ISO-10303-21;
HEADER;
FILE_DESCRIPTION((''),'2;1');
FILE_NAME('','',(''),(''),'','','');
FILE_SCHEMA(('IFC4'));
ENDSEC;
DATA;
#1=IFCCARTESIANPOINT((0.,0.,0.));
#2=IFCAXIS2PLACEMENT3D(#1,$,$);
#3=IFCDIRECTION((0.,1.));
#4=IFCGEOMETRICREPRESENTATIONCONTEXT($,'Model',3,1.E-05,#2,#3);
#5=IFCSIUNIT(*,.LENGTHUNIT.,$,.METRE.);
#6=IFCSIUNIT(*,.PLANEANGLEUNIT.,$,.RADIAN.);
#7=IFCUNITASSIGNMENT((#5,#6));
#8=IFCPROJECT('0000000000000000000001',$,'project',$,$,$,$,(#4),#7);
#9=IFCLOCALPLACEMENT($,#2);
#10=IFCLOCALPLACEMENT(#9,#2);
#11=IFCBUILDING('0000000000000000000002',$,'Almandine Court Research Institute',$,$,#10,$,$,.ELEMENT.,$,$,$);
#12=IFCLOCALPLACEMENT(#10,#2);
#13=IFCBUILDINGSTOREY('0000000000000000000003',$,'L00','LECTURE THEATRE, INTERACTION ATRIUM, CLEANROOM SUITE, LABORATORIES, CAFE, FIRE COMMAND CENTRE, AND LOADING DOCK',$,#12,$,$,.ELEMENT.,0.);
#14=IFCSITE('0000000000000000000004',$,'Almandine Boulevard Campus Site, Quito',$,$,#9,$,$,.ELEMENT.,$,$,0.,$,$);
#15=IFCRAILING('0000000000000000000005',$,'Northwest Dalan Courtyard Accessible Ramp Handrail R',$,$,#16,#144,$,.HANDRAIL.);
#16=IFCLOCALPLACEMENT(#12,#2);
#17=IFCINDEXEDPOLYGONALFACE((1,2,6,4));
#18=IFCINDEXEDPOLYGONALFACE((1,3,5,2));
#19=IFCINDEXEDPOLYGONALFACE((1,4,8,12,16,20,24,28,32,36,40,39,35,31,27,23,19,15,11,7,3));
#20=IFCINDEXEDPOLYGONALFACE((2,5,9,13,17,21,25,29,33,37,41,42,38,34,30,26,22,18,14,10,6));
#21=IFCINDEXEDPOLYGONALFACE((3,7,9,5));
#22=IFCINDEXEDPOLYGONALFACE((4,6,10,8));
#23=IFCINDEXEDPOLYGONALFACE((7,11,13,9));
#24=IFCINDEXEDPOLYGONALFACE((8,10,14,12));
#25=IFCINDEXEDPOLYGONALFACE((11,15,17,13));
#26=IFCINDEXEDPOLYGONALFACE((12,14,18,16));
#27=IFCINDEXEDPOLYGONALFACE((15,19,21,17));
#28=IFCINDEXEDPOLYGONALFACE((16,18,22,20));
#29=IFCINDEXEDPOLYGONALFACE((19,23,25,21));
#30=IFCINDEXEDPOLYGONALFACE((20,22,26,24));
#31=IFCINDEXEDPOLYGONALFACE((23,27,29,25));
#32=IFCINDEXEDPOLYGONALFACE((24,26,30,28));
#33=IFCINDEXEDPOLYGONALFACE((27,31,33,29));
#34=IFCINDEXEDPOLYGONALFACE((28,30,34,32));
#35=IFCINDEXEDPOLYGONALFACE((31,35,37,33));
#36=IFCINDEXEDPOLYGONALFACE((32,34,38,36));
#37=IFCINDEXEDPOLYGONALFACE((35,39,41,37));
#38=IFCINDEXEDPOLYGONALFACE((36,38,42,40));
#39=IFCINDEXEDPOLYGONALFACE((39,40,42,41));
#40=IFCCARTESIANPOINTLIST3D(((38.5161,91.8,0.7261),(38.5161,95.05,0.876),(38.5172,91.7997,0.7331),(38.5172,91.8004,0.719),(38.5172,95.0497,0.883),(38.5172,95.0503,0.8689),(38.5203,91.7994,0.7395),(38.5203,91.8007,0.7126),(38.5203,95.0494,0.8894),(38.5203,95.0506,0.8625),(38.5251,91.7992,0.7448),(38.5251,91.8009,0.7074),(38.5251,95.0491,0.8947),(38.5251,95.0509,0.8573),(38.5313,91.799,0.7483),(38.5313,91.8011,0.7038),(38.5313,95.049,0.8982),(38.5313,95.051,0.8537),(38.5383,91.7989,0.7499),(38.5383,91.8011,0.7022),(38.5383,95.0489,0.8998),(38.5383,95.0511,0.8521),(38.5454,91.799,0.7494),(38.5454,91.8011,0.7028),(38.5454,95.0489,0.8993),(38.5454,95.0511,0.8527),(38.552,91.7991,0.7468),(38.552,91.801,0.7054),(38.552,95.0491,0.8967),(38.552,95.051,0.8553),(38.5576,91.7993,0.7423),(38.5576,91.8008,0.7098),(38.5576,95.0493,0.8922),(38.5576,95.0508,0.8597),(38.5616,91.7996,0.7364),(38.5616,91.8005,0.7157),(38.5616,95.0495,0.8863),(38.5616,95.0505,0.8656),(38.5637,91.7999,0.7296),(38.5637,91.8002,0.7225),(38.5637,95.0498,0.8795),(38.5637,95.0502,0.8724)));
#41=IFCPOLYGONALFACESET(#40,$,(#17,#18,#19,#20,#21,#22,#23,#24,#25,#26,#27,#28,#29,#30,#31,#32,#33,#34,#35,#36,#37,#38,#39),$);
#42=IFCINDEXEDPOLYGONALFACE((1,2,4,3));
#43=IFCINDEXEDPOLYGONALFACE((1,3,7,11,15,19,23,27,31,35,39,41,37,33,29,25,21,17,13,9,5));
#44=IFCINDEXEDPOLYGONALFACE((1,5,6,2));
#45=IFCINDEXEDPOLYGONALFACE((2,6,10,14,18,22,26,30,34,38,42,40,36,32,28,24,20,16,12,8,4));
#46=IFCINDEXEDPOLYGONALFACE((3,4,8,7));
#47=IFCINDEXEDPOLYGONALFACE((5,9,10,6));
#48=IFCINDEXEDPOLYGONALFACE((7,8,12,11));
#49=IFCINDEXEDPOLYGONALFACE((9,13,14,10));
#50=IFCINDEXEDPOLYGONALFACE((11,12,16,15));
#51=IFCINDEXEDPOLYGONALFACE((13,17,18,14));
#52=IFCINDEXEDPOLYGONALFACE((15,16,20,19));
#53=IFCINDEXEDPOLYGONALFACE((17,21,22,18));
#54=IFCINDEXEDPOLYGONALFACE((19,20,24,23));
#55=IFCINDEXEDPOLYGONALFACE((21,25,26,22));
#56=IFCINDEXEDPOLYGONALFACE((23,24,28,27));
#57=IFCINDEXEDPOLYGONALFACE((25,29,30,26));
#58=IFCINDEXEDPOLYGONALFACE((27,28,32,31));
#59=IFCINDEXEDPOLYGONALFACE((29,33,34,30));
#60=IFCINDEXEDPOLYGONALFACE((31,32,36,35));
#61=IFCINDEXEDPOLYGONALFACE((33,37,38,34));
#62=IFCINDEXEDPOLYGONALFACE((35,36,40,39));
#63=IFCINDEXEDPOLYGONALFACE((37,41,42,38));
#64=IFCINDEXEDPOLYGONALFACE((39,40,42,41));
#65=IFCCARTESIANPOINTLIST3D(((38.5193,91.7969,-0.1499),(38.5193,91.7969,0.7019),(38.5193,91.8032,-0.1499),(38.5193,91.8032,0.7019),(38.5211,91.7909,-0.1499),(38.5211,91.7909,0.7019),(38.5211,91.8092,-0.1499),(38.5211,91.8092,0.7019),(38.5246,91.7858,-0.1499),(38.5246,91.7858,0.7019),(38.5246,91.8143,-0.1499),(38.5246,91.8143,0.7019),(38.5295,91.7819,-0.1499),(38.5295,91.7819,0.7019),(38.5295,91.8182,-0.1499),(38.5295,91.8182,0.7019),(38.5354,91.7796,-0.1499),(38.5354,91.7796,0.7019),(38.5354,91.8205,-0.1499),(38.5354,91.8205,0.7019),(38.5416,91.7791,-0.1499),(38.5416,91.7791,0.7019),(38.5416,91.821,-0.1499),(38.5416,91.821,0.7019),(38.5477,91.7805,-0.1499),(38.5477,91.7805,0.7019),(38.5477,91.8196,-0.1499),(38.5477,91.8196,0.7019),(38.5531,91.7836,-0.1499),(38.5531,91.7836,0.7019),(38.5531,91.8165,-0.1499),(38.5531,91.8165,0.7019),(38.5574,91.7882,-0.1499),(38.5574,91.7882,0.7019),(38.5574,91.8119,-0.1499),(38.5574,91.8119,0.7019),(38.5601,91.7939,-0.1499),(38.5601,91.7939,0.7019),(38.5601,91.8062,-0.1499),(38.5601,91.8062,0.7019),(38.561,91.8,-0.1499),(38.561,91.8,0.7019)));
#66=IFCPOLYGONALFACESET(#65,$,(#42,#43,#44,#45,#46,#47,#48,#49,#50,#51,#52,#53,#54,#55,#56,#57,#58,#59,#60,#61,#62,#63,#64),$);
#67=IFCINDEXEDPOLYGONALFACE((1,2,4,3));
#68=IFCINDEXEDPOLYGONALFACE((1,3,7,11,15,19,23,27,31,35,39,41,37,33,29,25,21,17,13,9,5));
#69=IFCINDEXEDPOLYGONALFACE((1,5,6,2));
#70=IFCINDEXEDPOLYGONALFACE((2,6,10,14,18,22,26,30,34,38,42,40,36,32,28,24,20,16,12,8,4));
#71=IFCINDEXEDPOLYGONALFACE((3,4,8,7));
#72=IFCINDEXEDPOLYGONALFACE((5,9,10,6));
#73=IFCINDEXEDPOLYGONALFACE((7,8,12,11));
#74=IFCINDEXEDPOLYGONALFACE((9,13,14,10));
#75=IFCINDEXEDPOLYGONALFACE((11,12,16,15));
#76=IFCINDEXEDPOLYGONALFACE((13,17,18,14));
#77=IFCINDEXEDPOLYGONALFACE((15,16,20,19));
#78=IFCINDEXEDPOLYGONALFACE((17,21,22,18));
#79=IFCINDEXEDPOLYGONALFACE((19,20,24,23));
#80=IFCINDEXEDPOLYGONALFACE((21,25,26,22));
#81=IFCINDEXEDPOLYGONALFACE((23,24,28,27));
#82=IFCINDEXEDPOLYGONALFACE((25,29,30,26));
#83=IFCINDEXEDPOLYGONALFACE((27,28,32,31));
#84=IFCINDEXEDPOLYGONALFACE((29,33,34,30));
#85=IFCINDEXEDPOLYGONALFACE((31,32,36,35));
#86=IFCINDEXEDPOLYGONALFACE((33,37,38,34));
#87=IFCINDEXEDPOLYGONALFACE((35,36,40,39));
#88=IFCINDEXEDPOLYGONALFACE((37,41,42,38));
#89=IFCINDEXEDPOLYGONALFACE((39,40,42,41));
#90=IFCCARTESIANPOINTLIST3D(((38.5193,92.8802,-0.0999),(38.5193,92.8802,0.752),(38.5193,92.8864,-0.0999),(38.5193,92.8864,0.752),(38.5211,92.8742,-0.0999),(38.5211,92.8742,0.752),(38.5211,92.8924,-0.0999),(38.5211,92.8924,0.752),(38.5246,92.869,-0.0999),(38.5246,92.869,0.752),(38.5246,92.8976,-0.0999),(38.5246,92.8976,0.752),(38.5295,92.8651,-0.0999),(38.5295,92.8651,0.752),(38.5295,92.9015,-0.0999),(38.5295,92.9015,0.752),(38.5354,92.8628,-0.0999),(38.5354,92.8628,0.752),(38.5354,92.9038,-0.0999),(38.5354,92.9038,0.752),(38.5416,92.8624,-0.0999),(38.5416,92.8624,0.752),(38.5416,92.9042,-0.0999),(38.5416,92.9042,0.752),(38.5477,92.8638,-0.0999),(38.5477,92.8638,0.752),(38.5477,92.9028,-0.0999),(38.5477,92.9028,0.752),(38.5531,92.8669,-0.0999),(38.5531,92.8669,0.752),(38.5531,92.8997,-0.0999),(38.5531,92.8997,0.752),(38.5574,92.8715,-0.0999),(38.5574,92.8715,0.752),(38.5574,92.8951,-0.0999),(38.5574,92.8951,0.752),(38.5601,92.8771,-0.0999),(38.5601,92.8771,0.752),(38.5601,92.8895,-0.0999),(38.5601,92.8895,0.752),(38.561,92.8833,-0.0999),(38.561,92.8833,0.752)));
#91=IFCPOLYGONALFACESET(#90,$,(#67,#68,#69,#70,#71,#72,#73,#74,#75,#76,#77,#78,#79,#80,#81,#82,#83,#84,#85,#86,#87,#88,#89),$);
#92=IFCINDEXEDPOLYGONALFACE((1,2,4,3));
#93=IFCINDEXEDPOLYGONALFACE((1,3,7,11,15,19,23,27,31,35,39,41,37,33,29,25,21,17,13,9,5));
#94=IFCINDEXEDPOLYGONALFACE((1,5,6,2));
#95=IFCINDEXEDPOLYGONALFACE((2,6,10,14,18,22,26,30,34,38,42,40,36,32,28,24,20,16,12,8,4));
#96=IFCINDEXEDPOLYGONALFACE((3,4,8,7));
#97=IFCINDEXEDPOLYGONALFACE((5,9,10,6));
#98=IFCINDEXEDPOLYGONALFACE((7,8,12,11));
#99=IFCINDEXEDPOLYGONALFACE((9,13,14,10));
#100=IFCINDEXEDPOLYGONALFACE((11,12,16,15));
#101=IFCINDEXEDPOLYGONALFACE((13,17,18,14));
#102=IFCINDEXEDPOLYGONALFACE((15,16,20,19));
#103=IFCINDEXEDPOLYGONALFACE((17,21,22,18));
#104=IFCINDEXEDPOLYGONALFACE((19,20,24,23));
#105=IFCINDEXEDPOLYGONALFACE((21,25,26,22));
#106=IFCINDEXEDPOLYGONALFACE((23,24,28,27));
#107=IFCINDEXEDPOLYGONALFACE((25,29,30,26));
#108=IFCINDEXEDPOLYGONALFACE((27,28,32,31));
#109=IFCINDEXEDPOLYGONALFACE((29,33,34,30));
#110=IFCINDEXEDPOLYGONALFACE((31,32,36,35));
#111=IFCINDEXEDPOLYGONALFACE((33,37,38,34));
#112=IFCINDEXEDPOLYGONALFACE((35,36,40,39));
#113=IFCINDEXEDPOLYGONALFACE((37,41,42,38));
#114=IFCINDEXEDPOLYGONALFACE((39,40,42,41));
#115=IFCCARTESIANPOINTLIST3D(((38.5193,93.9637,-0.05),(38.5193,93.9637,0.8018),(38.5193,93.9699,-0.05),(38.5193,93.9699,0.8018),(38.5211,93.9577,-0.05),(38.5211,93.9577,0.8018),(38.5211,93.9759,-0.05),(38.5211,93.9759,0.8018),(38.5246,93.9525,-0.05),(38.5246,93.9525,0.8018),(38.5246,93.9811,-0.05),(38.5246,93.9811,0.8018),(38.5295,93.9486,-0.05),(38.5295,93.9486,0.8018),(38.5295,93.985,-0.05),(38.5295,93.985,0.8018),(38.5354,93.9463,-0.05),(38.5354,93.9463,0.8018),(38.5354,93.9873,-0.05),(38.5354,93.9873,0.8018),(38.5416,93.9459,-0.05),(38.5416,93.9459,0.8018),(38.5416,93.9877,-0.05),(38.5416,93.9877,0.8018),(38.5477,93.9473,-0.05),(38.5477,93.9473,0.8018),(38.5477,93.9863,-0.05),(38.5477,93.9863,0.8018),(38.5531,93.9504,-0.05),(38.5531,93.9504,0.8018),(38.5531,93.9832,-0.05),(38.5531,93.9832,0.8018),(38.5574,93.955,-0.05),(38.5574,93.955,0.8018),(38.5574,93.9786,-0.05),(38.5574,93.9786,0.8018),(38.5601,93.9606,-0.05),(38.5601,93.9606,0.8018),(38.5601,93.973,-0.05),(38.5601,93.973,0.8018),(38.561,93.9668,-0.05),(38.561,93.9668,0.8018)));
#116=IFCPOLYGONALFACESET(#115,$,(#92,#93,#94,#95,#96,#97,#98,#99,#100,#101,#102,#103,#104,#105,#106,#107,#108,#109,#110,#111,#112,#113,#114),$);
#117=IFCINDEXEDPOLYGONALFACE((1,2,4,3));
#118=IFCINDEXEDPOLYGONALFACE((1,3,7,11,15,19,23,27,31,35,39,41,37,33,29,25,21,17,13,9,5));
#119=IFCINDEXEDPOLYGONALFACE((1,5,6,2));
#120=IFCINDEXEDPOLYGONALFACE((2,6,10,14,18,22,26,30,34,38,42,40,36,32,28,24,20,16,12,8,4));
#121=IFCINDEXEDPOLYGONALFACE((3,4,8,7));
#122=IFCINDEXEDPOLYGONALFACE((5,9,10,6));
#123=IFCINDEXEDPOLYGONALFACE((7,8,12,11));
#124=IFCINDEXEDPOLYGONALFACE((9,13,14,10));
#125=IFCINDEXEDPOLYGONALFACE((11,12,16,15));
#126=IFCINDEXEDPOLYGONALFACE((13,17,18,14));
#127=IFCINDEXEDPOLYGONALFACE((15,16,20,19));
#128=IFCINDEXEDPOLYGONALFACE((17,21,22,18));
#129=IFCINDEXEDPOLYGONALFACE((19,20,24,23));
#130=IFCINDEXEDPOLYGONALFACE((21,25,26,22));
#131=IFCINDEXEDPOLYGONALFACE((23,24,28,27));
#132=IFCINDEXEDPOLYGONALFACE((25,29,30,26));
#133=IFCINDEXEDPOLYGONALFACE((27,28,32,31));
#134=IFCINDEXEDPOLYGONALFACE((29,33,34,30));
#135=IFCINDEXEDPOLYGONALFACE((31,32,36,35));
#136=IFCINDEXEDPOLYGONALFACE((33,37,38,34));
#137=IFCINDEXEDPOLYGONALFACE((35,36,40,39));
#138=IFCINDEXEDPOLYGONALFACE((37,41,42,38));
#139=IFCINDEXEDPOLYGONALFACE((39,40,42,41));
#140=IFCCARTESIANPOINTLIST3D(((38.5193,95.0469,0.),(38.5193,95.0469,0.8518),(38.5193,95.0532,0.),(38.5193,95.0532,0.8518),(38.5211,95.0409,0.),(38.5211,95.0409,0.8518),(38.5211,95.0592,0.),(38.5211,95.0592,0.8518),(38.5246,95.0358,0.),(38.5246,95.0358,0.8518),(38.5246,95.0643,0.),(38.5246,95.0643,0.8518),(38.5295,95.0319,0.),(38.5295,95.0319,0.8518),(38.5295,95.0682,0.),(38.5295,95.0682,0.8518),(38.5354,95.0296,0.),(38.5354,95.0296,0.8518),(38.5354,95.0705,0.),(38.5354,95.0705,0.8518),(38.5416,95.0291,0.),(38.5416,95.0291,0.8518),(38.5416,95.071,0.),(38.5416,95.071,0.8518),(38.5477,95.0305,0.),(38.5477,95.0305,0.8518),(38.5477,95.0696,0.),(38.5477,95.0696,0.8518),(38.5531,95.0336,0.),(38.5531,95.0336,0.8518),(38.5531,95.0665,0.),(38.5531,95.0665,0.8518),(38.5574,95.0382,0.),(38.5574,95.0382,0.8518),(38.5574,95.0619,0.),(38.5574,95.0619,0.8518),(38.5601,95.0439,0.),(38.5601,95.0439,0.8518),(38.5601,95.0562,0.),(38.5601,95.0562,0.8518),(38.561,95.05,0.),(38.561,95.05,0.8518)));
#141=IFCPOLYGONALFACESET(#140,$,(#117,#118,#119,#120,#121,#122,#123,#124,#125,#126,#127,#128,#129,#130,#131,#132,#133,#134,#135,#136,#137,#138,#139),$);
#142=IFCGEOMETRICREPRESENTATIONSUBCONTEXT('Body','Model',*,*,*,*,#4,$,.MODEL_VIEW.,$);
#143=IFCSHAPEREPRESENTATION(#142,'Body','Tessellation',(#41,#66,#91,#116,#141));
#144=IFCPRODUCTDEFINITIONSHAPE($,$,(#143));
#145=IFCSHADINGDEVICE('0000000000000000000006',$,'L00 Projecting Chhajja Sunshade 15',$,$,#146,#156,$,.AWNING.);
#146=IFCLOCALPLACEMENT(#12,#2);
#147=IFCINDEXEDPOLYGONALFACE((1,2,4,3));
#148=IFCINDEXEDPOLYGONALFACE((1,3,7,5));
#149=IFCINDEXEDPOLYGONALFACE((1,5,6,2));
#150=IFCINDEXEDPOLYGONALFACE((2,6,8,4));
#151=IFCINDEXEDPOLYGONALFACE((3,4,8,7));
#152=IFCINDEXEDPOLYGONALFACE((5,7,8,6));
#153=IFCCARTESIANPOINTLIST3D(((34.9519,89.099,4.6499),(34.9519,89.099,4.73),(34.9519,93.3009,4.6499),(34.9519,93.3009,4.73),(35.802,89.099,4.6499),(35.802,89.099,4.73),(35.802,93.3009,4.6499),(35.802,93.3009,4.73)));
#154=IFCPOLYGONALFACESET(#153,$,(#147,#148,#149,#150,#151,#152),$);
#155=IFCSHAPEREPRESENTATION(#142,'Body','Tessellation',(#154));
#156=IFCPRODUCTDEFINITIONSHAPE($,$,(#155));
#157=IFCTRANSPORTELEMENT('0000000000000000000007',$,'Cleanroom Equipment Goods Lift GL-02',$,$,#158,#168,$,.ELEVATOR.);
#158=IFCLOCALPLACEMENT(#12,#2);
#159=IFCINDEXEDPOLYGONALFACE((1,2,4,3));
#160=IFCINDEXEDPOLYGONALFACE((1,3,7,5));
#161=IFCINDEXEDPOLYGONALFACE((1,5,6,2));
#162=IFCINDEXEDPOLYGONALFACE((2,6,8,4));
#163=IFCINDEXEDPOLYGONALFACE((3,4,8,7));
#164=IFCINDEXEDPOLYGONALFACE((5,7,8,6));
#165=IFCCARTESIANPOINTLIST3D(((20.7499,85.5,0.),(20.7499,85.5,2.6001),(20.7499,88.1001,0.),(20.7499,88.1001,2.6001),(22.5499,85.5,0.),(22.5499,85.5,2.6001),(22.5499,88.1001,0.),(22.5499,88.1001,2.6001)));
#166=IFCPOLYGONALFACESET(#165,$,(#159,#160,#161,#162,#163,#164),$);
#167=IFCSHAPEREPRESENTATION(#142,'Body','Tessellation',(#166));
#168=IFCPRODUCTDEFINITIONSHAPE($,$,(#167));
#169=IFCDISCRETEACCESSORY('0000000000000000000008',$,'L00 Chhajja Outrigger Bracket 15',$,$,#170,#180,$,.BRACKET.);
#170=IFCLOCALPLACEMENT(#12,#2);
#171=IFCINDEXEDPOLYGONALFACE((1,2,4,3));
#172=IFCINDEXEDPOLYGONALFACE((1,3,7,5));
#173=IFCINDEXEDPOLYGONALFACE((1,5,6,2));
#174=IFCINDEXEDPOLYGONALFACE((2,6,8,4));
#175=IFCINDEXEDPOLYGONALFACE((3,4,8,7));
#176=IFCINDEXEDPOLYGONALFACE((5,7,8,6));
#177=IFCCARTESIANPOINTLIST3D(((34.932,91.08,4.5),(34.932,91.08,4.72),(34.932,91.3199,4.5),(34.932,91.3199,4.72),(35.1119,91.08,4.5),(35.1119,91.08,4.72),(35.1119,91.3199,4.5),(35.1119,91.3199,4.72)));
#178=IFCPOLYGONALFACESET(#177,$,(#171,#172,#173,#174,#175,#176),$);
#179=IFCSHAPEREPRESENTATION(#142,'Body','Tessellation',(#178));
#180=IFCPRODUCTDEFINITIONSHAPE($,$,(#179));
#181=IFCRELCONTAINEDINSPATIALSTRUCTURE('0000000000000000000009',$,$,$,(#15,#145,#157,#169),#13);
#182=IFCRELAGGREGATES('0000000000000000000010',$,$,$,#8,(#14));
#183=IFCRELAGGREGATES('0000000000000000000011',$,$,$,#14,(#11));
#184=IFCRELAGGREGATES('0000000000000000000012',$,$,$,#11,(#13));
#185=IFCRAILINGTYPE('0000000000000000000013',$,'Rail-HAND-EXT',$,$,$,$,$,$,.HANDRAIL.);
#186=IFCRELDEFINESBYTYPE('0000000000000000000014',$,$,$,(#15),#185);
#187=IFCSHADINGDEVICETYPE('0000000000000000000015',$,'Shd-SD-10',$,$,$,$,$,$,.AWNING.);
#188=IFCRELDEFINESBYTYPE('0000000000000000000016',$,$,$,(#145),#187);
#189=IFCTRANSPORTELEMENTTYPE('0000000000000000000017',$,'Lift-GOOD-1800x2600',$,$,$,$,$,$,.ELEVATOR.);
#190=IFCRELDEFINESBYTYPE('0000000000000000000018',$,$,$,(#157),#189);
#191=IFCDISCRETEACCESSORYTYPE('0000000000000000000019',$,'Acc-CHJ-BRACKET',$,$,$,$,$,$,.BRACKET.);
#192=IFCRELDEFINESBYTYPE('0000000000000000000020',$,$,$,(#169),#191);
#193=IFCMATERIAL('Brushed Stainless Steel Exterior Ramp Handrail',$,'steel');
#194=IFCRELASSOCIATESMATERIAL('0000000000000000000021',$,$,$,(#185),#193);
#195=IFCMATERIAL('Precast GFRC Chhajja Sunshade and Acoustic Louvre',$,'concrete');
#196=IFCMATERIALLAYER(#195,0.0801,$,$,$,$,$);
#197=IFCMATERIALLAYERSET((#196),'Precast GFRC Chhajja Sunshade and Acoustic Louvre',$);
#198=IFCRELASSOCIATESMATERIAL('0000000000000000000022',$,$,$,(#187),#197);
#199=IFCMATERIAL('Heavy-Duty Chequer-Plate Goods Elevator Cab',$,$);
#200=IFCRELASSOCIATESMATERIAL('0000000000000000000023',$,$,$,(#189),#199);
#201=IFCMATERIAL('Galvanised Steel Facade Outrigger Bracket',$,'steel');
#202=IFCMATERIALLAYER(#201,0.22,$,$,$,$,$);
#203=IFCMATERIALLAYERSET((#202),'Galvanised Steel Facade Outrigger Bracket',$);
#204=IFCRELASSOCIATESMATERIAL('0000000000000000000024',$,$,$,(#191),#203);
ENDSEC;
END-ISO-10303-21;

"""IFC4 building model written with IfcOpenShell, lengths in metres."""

from ifc_helpers import new_model, si_unit, direction, frame, origin, origin_2d, place, context, subcontext, project, spatial, rectangle, circle, extrude, material, layer, layer_set, type_object, element, save


model = new_model("IFC4")

# Units and contexts
model_context = context("Model", 3, precision=1e-05, world=origin(), true_north=direction((0.0, 1.0)))
body_context = subcontext(model_context, "Body", "Model", "MODEL_VIEW")
ifc_project = project(units=[si_unit("LENGTHUNIT", "METRE"), si_unit("PLANEANGLEUNIT", "RADIAN")], contexts=[model_context])

# Site, building, storey
site_placement = place(None, origin())
site = spatial("IfcSite", under=ifc_project, at=site_placement, Name="Almandine Boulevard Campus Site, Quito", CompositionType="ELEMENT", RefElevation=0.0)
building_placement = place(site_placement, origin())
building = spatial("IfcBuilding", under=site, at=building_placement, Name="Almandine Court Research Institute", CompositionType="ELEMENT")
storey_placement = place(building_placement, origin())
storey = spatial("IfcBuildingStorey", under=building, at=storey_placement, Name="L00", Description="LECTURE THEATRE, INTERACTION ATRIUM, CLEANROOM SUITE, LABORATORIES, CAFE, FIRE COMMAND CENTRE, AND LOADING DOCK", CompositionType="ELEMENT", Elevation=0.0)

# Railing
ifc_material_1 = material(Name="Brushed Stainless Steel Exterior Ramp Handrail", Category="steel")
railing_type = type_object("IfcRailingType", Name="Rail-HAND-EXT", PredefinedType="HANDRAIL", material=ifc_material_1)
for number, where, name in (
    (1, (38.54, 91.8, -0.1499), "Northwest Dalan Courtyard Accessible Ramp Handrail R"),
):
    element("IfcRailing", number, at=place(storey_placement, frame(where)), inside=storey, type_object=railing_type, Name=name, PredefinedType="HANDRAIL", context=body_context, shape_type="SweptSolid", body=[
        extrude(circle(Radius=0.0239, at=origin_2d()), frame((0.0, 0.0, 0.876), z_axis=(0.0, 0.998938, 0.046075), x_axis=(-1.0, 0.0, 0.0)), (0.0, 0.0, 1.0), 3.2534),
        extrude(circle(Radius=0.021, at=origin_2d()), origin(), (0.0, 0.0, 1.0), 0.8518),
        extrude(circle(Radius=0.021, at=origin_2d()), frame((0.0, 1.0833, 0.05)), (0.0, 0.0, 1.0), 0.8518),
        extrude(circle(Radius=0.021, at=origin_2d()), frame((0.0, 2.1667, 0.0999)), (0.0, 0.0, 1.0), 0.8518),
        extrude(circle(Radius=0.021, at=origin_2d()), frame((0.0, 3.25, 0.1499)), (0.0, 0.0, 1.0), 0.8518),
    ])

# Shading device
ifc_material_2 = material(Name="Precast GFRC Chhajja Sunshade and Acoustic Louvre", Category="concrete")
ifc_layer_1 = layer(ifc_material_2, 0.0801)
ifc_layer_set_1 = layer_set([ifc_layer_1], Name="Precast GFRC Chhajja Sunshade and Acoustic Louvre")
shading_device_type = type_object("IfcShadingDeviceType", Name="Shd-SD-10", PredefinedType="AWNING", material=ifc_layer_set_1)
shading_device_placement = place(storey_placement, frame((35.377, 91.2, 4.6499), z_axis=(0.0, 0.0, 1.0), x_axis=(0.0, -1.0, 0.0)))
element("IfcShadingDevice", 2, at=shading_device_placement, inside=storey, type_object=shading_device_type, Name="L00 Projecting Chhajja Sunshade 15", PredefinedType="AWNING", context=body_context, shape_type="SweptSolid", body=[
    extrude(rectangle(XDim=4.2019, YDim=0.8501, at=origin_2d()), origin(), (0.0, 0.0, 1.0), 0.0801),
])

# Transport element
ifc_material_3 = material(Name="Heavy-Duty Chequer-Plate Goods Elevator Cab")
transport_element_type = type_object("IfcTransportElementType", Name="Lift-GOOD-1800x2600", PredefinedType="ELEVATOR", material=ifc_material_3)
transport_element_placement = place(storey_placement, frame((21.6499, 86.8, 0.0), z_axis=(0.0, 0.0, 1.0), x_axis=(1.0, 0.0, 0.0)))
element("IfcTransportElement", 3, at=transport_element_placement, inside=storey, type_object=transport_element_type, Name="Cleanroom Equipment Goods Lift GL-02", PredefinedType="ELEVATOR", context=body_context, shape_type="SweptSolid", body=[
    extrude(rectangle(XDim=1.8, YDim=2.6001, at=origin_2d()), origin(), (0.0, 0.0, 1.0), 2.6001),
])

# Discrete accessory
ifc_material_4 = material(Name="Galvanised Steel Facade Outrigger Bracket", Category="steel")
ifc_layer_2 = layer(ifc_material_4, 0.22)
ifc_layer_set_2 = layer_set([ifc_layer_2], Name="Galvanised Steel Facade Outrigger Bracket")
discrete_accessory_type = type_object("IfcDiscreteAccessoryType", Name="Acc-CHJ-BRACKET", PredefinedType="BRACKET", material=ifc_layer_set_2)
discrete_accessory_placement = place(storey_placement, frame((35.022, 91.2, 4.5), z_axis=(0.0, 0.0, 1.0), x_axis=(0.0, -1.0, 0.0)))
element("IfcDiscreteAccessory", 4, at=discrete_accessory_placement, inside=storey, type_object=discrete_accessory_type, Name="L00 Chhajja Outrigger Bracket 15", PredefinedType="BRACKET", context=body_context, shape_type="SweptSolid", body=[
    extrude(rectangle(XDim=0.24, YDim=0.1799, at=origin_2d()), origin(), (0.0, 0.0, 1.0), 0.22),
])

save(model, "model.ifc")
